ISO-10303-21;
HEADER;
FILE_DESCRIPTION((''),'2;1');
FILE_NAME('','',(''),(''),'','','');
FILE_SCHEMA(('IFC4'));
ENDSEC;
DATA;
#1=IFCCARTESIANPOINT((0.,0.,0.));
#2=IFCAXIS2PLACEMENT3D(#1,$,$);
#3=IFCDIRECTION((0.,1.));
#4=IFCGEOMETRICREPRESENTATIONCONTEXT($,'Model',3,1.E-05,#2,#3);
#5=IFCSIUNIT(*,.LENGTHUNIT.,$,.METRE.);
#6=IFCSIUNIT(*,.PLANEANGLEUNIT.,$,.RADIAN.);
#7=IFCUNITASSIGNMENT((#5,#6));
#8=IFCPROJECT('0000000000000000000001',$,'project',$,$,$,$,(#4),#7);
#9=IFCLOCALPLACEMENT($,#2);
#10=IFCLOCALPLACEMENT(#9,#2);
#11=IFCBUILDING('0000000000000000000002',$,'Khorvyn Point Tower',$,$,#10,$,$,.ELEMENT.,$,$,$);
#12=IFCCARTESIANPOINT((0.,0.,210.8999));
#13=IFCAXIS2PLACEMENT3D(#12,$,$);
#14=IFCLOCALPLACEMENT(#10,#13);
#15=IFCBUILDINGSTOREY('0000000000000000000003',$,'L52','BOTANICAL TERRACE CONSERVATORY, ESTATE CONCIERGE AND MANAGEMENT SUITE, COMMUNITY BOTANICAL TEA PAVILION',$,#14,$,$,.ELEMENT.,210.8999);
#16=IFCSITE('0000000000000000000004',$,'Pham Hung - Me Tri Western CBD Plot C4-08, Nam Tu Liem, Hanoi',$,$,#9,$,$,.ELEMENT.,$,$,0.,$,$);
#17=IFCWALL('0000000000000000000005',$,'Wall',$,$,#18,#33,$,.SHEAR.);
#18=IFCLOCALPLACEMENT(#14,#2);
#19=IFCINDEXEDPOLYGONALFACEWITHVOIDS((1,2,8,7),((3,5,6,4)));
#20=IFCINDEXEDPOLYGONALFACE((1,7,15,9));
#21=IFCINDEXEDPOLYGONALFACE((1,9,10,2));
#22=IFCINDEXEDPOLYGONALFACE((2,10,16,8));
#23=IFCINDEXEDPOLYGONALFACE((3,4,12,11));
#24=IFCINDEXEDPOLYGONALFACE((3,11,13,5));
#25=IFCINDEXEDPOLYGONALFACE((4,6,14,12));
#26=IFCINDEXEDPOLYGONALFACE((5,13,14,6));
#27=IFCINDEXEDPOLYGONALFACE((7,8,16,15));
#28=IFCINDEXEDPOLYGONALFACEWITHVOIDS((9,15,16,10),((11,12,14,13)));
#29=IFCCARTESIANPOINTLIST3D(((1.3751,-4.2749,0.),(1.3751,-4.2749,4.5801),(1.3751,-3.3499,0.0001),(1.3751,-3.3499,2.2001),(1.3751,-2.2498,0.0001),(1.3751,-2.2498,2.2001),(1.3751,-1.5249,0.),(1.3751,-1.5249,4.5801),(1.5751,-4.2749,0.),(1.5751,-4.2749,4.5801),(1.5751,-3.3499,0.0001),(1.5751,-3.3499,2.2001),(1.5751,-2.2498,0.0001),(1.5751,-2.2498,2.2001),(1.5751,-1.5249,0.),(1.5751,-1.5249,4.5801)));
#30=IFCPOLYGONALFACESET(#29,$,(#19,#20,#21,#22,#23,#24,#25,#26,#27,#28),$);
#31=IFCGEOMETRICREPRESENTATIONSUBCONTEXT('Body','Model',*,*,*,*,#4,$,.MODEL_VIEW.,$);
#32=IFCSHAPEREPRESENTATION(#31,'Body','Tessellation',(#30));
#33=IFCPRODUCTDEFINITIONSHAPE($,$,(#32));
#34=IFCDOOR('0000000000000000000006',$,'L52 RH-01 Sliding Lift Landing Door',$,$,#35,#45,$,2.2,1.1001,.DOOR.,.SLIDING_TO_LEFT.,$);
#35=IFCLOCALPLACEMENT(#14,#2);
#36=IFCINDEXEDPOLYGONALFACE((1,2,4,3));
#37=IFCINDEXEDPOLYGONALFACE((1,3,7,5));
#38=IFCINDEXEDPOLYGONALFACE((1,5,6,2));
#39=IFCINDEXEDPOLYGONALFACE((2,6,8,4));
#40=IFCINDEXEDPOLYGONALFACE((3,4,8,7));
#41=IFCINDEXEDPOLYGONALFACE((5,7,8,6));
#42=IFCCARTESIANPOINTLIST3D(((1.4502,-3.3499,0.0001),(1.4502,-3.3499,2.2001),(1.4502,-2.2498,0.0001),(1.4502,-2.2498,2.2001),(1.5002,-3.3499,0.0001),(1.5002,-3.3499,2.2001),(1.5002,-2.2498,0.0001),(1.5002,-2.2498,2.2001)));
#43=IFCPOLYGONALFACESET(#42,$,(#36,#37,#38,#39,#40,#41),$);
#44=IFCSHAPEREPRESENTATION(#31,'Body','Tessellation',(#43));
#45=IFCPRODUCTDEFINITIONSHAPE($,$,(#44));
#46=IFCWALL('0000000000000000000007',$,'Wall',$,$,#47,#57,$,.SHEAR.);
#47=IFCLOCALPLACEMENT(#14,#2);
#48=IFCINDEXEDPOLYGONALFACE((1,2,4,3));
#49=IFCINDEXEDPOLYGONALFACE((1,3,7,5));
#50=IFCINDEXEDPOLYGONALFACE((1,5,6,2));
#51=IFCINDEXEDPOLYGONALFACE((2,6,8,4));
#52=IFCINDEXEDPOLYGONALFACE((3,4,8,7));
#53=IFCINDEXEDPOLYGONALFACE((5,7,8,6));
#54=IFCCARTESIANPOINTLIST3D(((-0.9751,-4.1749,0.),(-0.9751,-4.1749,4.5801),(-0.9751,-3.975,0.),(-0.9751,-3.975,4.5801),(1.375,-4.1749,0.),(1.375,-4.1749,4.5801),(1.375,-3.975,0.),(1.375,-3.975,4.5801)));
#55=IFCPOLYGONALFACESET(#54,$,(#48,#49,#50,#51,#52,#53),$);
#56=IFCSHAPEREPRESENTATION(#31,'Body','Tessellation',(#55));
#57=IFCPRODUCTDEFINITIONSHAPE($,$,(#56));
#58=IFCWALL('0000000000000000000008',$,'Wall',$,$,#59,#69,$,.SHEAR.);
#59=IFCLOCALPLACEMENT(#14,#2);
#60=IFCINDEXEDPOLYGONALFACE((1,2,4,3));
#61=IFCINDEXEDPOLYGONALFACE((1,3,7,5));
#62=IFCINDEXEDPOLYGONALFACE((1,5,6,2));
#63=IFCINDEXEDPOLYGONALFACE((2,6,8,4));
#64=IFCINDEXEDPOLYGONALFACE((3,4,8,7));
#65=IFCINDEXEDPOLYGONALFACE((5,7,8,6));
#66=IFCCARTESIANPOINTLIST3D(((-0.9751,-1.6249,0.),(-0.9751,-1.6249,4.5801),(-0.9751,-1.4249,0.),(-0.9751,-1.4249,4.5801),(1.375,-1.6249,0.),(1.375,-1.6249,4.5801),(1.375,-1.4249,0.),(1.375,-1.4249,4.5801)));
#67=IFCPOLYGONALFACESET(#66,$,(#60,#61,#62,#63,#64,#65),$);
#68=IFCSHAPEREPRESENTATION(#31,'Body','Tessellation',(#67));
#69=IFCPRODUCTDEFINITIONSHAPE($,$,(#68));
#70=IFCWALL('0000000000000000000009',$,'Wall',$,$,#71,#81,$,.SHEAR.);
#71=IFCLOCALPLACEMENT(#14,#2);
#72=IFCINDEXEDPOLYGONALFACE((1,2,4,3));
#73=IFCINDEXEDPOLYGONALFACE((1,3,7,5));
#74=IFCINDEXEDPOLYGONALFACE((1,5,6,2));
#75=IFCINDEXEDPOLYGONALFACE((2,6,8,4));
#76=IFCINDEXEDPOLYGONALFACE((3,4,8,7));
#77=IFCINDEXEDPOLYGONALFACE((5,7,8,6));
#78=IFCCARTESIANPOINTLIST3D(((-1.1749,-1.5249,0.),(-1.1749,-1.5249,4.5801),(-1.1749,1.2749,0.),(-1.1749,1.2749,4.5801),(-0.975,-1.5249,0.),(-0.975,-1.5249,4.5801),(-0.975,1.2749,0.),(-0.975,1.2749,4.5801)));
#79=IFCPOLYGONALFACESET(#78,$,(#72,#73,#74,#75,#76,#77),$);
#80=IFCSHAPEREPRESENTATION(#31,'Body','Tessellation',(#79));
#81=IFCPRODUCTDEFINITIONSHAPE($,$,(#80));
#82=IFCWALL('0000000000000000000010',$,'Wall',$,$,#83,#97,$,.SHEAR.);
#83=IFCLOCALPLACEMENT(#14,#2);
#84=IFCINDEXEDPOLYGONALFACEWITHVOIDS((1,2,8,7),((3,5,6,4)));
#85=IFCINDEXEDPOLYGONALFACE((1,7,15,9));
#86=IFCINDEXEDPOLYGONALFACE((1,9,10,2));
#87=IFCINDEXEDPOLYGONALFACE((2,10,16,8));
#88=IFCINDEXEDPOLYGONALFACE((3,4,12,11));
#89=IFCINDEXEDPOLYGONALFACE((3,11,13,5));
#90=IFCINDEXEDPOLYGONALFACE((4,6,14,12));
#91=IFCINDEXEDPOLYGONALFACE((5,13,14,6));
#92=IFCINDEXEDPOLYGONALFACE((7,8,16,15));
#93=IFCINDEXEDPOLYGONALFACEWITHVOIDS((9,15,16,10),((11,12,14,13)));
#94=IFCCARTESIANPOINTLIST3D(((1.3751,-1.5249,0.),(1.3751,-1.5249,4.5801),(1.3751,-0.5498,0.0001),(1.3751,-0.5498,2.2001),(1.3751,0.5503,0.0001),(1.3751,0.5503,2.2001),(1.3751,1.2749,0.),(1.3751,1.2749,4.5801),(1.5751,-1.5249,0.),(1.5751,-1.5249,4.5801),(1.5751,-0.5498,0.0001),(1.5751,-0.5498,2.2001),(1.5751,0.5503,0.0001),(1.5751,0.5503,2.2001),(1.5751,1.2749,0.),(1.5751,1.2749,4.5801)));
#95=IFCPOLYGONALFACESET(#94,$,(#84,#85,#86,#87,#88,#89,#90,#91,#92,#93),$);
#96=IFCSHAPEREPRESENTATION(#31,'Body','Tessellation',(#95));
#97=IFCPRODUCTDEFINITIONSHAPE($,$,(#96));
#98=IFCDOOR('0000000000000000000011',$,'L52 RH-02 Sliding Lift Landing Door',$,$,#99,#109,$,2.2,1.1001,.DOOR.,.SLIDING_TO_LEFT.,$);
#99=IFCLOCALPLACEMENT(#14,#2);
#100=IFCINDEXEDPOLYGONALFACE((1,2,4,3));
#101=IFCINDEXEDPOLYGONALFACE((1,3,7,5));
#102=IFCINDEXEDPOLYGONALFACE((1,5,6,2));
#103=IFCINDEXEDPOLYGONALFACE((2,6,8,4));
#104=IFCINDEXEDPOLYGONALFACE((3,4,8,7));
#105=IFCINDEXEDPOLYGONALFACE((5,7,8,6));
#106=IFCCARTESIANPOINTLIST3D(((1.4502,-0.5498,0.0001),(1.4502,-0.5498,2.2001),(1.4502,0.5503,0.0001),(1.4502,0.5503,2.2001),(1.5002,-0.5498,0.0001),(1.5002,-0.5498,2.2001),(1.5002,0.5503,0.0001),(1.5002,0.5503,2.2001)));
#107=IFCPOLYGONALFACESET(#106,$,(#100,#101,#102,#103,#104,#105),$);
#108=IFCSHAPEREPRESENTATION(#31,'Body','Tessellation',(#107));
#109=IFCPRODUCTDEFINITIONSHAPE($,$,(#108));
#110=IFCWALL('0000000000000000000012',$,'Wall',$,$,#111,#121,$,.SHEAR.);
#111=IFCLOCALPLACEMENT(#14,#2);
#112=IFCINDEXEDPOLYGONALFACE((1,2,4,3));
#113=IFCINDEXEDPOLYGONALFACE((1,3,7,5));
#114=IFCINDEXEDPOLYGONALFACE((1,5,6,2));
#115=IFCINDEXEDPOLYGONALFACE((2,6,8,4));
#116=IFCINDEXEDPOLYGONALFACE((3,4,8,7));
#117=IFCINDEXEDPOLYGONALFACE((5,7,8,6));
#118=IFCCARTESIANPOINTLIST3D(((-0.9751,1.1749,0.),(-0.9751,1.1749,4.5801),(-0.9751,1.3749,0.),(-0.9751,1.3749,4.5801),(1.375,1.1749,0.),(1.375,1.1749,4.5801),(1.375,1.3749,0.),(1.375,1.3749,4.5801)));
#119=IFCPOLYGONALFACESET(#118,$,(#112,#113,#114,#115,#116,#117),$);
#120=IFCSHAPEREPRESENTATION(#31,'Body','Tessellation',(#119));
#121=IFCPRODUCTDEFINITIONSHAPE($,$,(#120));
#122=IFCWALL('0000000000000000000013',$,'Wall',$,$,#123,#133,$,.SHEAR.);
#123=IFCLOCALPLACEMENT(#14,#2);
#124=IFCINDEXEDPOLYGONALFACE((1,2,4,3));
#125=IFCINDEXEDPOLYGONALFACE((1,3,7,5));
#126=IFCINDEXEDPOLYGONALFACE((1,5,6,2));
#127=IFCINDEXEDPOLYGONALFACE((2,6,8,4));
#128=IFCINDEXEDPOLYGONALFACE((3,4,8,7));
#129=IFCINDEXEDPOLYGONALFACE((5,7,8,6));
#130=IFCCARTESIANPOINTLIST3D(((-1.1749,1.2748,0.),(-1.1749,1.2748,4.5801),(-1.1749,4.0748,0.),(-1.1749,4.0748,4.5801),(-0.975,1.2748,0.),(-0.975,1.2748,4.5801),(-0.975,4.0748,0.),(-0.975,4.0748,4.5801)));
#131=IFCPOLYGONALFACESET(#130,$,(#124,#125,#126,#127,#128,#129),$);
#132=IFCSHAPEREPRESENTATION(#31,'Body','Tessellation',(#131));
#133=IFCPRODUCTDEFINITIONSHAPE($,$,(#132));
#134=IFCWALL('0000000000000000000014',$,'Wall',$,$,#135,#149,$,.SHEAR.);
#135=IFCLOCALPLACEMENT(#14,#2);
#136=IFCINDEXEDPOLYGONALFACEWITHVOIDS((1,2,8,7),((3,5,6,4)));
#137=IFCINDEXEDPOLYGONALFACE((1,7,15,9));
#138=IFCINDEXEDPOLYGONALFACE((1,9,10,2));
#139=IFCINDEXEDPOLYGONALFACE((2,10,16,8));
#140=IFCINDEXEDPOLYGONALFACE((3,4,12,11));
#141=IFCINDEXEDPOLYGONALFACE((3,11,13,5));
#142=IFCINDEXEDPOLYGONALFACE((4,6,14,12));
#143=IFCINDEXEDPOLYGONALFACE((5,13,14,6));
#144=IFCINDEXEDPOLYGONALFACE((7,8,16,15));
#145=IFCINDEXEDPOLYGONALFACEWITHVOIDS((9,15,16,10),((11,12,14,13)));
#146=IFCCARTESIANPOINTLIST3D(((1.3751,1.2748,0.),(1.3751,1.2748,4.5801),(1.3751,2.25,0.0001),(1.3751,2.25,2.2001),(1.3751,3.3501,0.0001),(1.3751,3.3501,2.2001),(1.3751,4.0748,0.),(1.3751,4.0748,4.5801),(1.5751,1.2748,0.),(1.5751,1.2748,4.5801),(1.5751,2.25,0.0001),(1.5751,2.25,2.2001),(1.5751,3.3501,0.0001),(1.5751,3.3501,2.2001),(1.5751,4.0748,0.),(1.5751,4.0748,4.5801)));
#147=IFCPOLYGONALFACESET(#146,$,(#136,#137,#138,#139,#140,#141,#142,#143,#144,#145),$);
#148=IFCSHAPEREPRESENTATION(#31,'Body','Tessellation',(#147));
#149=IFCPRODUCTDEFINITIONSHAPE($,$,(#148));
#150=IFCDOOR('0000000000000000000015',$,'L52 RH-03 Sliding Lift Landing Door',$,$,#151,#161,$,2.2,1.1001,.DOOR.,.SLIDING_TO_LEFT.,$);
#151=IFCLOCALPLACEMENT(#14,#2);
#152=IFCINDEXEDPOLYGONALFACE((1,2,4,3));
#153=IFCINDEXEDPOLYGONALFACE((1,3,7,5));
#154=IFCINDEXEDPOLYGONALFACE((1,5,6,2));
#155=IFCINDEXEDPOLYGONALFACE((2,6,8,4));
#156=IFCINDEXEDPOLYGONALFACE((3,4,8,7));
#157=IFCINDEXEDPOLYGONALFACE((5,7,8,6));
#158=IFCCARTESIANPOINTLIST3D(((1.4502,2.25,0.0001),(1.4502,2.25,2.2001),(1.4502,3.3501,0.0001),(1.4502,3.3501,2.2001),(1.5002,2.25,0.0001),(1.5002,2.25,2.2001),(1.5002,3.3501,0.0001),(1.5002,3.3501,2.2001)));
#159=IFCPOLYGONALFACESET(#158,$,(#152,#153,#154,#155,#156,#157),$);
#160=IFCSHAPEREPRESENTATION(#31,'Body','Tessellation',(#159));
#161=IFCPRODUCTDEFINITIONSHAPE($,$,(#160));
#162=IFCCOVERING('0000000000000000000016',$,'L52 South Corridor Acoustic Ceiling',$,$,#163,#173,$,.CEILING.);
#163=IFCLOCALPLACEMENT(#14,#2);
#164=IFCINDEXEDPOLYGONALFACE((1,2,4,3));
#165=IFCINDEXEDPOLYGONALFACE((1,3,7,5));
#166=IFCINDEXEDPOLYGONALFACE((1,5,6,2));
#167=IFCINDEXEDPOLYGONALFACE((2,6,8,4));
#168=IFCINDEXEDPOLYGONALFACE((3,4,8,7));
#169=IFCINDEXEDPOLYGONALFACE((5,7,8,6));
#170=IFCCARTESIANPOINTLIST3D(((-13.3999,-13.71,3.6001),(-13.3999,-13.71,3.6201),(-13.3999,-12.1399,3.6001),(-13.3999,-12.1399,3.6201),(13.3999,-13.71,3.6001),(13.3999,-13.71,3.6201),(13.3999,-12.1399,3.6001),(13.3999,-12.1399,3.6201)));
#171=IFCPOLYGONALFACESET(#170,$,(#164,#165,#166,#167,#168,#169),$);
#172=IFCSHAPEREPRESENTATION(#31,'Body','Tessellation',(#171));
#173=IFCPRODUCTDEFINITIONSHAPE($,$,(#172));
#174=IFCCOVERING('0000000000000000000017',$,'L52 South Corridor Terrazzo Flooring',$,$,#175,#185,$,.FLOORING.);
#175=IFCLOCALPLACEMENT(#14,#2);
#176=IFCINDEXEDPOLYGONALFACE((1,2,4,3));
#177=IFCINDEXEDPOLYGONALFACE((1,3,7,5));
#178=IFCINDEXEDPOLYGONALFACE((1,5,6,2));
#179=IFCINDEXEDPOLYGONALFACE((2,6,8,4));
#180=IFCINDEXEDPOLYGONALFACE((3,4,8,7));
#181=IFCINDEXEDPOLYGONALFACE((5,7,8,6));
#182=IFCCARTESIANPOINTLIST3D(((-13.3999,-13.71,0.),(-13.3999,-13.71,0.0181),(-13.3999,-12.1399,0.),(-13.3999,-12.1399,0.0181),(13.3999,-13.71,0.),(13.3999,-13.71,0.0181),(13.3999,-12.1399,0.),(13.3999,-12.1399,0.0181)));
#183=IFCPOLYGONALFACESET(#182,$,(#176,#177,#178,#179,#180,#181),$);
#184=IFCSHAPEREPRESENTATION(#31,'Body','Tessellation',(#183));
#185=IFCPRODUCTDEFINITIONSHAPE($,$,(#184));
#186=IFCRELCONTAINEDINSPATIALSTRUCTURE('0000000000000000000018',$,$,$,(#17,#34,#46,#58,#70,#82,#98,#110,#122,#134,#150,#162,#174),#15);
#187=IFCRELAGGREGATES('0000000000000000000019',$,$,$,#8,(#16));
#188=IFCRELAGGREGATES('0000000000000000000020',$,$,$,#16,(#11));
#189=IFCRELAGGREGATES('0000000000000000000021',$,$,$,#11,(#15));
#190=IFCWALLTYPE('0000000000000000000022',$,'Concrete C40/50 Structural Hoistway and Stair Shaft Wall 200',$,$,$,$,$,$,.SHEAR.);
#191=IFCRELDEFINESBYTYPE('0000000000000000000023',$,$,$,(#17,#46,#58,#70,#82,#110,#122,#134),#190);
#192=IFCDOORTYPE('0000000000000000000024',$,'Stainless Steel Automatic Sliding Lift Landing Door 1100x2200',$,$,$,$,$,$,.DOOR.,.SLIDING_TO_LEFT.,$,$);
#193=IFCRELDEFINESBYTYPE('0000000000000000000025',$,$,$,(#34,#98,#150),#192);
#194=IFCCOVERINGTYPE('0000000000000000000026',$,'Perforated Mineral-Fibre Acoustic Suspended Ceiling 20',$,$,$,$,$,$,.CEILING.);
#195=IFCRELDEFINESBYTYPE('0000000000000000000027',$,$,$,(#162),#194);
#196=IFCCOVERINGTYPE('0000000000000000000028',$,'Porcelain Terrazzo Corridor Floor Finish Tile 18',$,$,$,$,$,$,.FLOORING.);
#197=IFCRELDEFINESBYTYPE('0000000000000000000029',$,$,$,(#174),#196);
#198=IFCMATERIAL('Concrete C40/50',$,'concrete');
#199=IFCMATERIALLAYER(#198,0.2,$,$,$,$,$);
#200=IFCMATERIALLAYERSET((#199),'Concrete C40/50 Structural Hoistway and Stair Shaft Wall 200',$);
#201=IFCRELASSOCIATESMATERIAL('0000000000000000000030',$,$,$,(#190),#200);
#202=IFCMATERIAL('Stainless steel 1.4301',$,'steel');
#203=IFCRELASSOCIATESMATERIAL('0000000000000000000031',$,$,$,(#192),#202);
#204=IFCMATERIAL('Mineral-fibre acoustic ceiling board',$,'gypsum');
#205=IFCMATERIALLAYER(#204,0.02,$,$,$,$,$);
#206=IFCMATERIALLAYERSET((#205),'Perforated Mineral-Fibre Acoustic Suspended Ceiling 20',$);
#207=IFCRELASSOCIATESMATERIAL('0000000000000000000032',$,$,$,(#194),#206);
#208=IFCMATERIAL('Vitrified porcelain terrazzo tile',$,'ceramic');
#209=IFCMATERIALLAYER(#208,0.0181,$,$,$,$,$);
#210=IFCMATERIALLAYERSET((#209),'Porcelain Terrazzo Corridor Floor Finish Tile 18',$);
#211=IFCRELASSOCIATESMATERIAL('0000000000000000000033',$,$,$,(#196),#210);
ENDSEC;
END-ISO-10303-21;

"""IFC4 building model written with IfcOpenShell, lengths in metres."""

from ifc_helpers import new_model, si_unit, direction, frame, frame_2d, origin, place, context, subcontext, project, spatial, polyline, rectangle, outline, extrude, material, layer, layer_set, type_object, element, fill, save


model = new_model("IFC4")

# Units and contexts
model_context = context("Model", 3, precision=1e-05, world=origin(), true_north=direction((0.0, 1.0)))
body_context = subcontext(model_context, "Body", "Model", "MODEL_VIEW")
ifc_project = project(units=[si_unit("LENGTHUNIT", "METRE"), si_unit("PLANEANGLEUNIT", "RADIAN")], contexts=[model_context])

# Site, building, storey
site_placement = place(None, origin())
site = spatial("IfcSite", under=ifc_project, at=site_placement, Name="Pham Hung - Me Tri Western CBD Plot C4-08, Nam Tu Liem, Hanoi", CompositionType="ELEMENT", RefElevation=0.0)
building_placement = place(site_placement, origin())
building = spatial("IfcBuilding", under=site, at=building_placement, Name="Khorvyn Point Tower", CompositionType="ELEMENT")
storey_placement = place(building_placement, frame((0.0, 0.0, 210.8999)))
storey = spatial("IfcBuildingStorey", under=building, at=storey_placement, Name="L52", Description="BOTANICAL TERRACE CONSERVATORY, ESTATE CONCIERGE AND MANAGEMENT SUITE, COMMUNITY BOTANICAL TEA PAVILION", CompositionType="ELEMENT", Elevation=210.8999)

# Shared definitions
ifc_material_1 = material(Name="Concrete C40/50", Category="concrete")

# Shared definitions
ifc_layer_1 = layer(ifc_material_1, 0.2)
ifc_layer_set_1 = layer_set([ifc_layer_1], Name="Concrete C40/50 Structural Hoistway and Stair Shaft Wall 200")
wall_type_1 = type_object("IfcWallType", Name="Concrete C40/50 Structural Hoistway and Stair Shaft Wall 200", PredefinedType="SHEAR", material=ifc_layer_set_1)

# Wall, opening, door
wall_1_placement = place(storey_placement, frame((1.4751, -4.2749, 0.0), z_axis=(0.0, 0.0, 1.0), x_axis=(0.0, 1.0, 0.0)))
wall_1 = element("IfcWall", 1, at=wall_1_placement, inside=storey, type_object=wall_type_1, Name="Wall", PredefinedType="SHEAR", context=body_context, shape_type="SweptSolid", body=[
    extrude(rectangle(XDim=2.75, YDim=0.2, at=frame_2d((1.375, 0.0))), origin(), (0.0, 0.0, 1.0), 4.5801),
])
opening_1_placement = place(wall_1_placement, frame((0.925, 0.0, 0.0)))
opening_1 = element("IfcOpeningElement", 2, at=opening_1_placement, cuts=wall_1, PredefinedType="OPENING", context=body_context, shape_type="SweptSolid", body=[
    extrude(rectangle(XDim=1.1001, YDim=2.2, at=frame_2d((0.55, 1.1001))), frame((0.0, 0.1099, 0.0), z_axis=(0.0, -1.0, 0.0), x_axis=(1.0, 0.0, 0.0)), (0.0, 0.0, 1.0), 0.22),
])
ifc_material_2 = material(Name="Stainless steel 1.4301", Category="steel")
door_type = type_object("IfcDoorType", Name="Stainless Steel Automatic Sliding Lift Landing Door 1100x2200", OperationType="SLIDING_TO_LEFT", PredefinedType="DOOR", material=ifc_material_2)
door_1_placement = place(opening_1_placement, origin())
door_1 = element("IfcDoor", 3, at=door_1_placement, inside=storey, type_object=door_type, Name="L52 RH-01 Sliding Lift Landing Door", OperationType="SLIDING_TO_LEFT", OverallHeight=2.2, OverallWidth=1.1001, PredefinedType="DOOR", context=body_context, shape_type="SweptSolid", body=[
    extrude(rectangle(XDim=1.1001, YDim=2.2, at=frame_2d((0.55, 1.1001))), frame((0.0, 0.0249, 0.0), z_axis=(0.0, -1.0, 0.0), x_axis=(1.0, 0.0, 0.0)), (0.0, 0.0, 1.0), 0.05),
])
fill(opening_1, door_1)

# Walls
for number, where, z_axis, x_axis, name in (
    (4, (-0.9751, -4.075, 0.0), (0.0, 0.0, 1.0), (1.0, 0.0, 0.0), "Wall"),
    (5, (-0.9751, -1.5249, 0.0), (0.0, 0.0, 1.0), (1.0, 0.0, 0.0), "Wall"),
):
    element("IfcWall", number, at=place(storey_placement, frame(where, z_axis=z_axis, x_axis=x_axis)), inside=storey, type_object=wall_type_1, Name=name, PredefinedType="SHEAR", context=body_context, shape_type="SweptSolid", body=[
        extrude(rectangle(XDim=2.3501, YDim=0.2, at=frame_2d((1.175, 0.0))), origin(), (0.0, 0.0, 1.0), 4.5801),
    ])
wall_2_placement = place(storey_placement, frame((-1.075, -1.5249, 0.0), z_axis=(0.0, 0.0, 1.0), x_axis=(0.0, 1.0, 0.0)))
element("IfcWall", 6, at=wall_2_placement, inside=storey, type_object=wall_type_1, Name="Wall", PredefinedType="SHEAR", context=body_context, shape_type="SweptSolid", body=[
    extrude(rectangle(XDim=2.7998, YDim=0.2, at=frame_2d((1.3999, 0.0))), origin(), (0.0, 0.0, 1.0), 4.5801),
])

# Wall, opening, door
wall_3_placement = place(storey_placement, frame((1.4751, -1.5249, 0.0), z_axis=(0.0, 0.0, 1.0), x_axis=(0.0, 1.0, 0.0)))
wall_3 = element("IfcWall", 7, at=wall_3_placement, inside=storey, type_object=wall_type_1, Name="Wall", PredefinedType="SHEAR", context=body_context, shape_type="SweptSolid", body=[
    extrude(rectangle(XDim=2.7998, YDim=0.2, at=frame_2d((1.3999, 0.0))), origin(), (0.0, 0.0, 1.0), 4.5801),
])
opening_2_placement = place(wall_3_placement, frame((0.9751, 0.0, 0.0)))
opening_2 = element("IfcOpeningElement", 8, at=opening_2_placement, cuts=wall_3, PredefinedType="OPENING", context=body_context, shape_type="SweptSolid", body=[
    extrude(rectangle(XDim=1.1001, YDim=2.2, at=frame_2d((0.55, 1.1001))), frame((0.0, 0.1099, 0.0), z_axis=(0.0, -1.0, 0.0), x_axis=(1.0, 0.0, 0.0)), (0.0, 0.0, 1.0), 0.22),
])
door_2_placement = place(opening_2_placement, origin())
door_2 = element("IfcDoor", 9, at=door_2_placement, inside=storey, type_object=door_type, Name="L52 RH-02 Sliding Lift Landing Door", OperationType="SLIDING_TO_LEFT", OverallHeight=2.2, OverallWidth=1.1001, PredefinedType="DOOR", context=body_context, shape_type="SweptSolid", body=[
    extrude(rectangle(XDim=1.1001, YDim=2.2, at=frame_2d((0.55, 1.1001))), frame((0.0, 0.0249, 0.0), z_axis=(0.0, -1.0, 0.0), x_axis=(1.0, 0.0, 0.0)), (0.0, 0.0, 1.0), 0.05),
])
fill(opening_2, door_2)

# Walls
wall_4_placement = place(storey_placement, frame((-0.9751, 1.2749, 0.0), z_axis=(0.0, 0.0, 1.0), x_axis=(1.0, 0.0, 0.0)))
element("IfcWall", 10, at=wall_4_placement, inside=storey, type_object=wall_type_1, Name="Wall", PredefinedType="SHEAR", context=body_context, shape_type="SweptSolid", body=[
    extrude(rectangle(XDim=2.3501, YDim=0.2, at=frame_2d((1.175, 0.0))), origin(), (0.0, 0.0, 1.0), 4.5801),
])
wall_5_placement = place(storey_placement, frame((-1.075, 1.2749, 0.0), z_axis=(0.0, 0.0, 1.0), x_axis=(0.0, 1.0, 0.0)))
element("IfcWall", 11, at=wall_5_placement, inside=storey, type_object=wall_type_1, Name="Wall", PredefinedType="SHEAR", context=body_context, shape_type="SweptSolid", body=[
    extrude(rectangle(XDim=2.8, YDim=0.2, at=frame_2d((1.3999, 0.0))), origin(), (0.0, 0.0, 1.0), 4.5801),
])

# Wall, opening, door
wall_6_placement = place(storey_placement, frame((1.4751, 1.2749, 0.0), z_axis=(0.0, 0.0, 1.0), x_axis=(0.0, 1.0, 0.0)))
wall_6 = element("IfcWall", 12, at=wall_6_placement, inside=storey, type_object=wall_type_1, Name="Wall", PredefinedType="SHEAR", context=body_context, shape_type="SweptSolid", body=[
    extrude(rectangle(XDim=2.8, YDim=0.2, at=frame_2d((1.3999, 0.0))), origin(), (0.0, 0.0, 1.0), 4.5801),
])
opening_3_placement = place(wall_6_placement, frame((0.9751, 0.0, 0.0)))
opening_3 = element("IfcOpeningElement", 13, at=opening_3_placement, cuts=wall_6, PredefinedType="OPENING", context=body_context, shape_type="SweptSolid", body=[
    extrude(rectangle(XDim=1.1001, YDim=2.2, at=frame_2d((0.55, 1.1001))), frame((0.0, 0.1099, 0.0), z_axis=(0.0, -1.0, 0.0), x_axis=(1.0, 0.0, 0.0)), (0.0, 0.0, 1.0), 0.22),
])
door_3_placement = place(opening_3_placement, origin())
door_3 = element("IfcDoor", 14, at=door_3_placement, inside=storey, type_object=door_type, Name="L52 RH-03 Sliding Lift Landing Door", OperationType="SLIDING_TO_LEFT", OverallHeight=2.2, OverallWidth=1.1001, PredefinedType="DOOR", context=body_context, shape_type="SweptSolid", body=[
    extrude(rectangle(XDim=1.1001, YDim=2.2, at=frame_2d((0.55, 1.1001))), frame((0.0, 0.0249, 0.0), z_axis=(0.0, -1.0, 0.0), x_axis=(1.0, 0.0, 0.0)), (0.0, 0.0, 1.0), 0.05),
])
fill(opening_3, door_3)

# Coverings
ifc_material_3 = material(Name="Mineral-fibre acoustic ceiling board", Category="gypsum")
ifc_layer_2 = layer(ifc_material_3, 0.02)
ifc_layer_set_2 = layer_set([ifc_layer_2], Name="Perforated Mineral-Fibre Acoustic Suspended Ceiling 20")
covering_type_1 = type_object("IfcCoveringType", Name="Perforated Mineral-Fibre Acoustic Suspended Ceiling 20", PredefinedType="CEILING", material=ifc_layer_set_2)
covering_1_placement = place(storey_placement, frame((0.0, 0.0, 3.6001)))
element("IfcCovering", 15, at=covering_1_placement, inside=storey, type_object=covering_type_1, Name="L52 South Corridor Acoustic Ceiling", PredefinedType="CEILING", context=body_context, shape_type="SweptSolid", body=[
    extrude(outline(polyline([(-13.3999, -13.71), (13.3999, -13.71), (13.3999, -12.1399), (-13.3999, -12.1399), (-13.3999, -13.71)])), origin(), (0.0, 0.0, 1.0), 0.02),
])
ifc_material_4 = material(Name="Vitrified porcelain terrazzo tile", Category="ceramic")
ifc_layer_3 = layer(ifc_material_4, 0.0181)
ifc_layer_set_3 = layer_set([ifc_layer_3], Name="Porcelain Terrazzo Corridor Floor Finish Tile 18")
covering_type_2 = type_object("IfcCoveringType", Name="Porcelain Terrazzo Corridor Floor Finish Tile 18", PredefinedType="FLOORING", material=ifc_layer_set_3)
covering_2_placement = place(storey_placement, origin())
element("IfcCovering", 16, at=covering_2_placement, inside=storey, type_object=covering_type_2, Name="L52 South Corridor Terrazzo Flooring", PredefinedType="FLOORING", context=body_context, shape_type="SweptSolid", body=[
    extrude(outline(polyline([(-13.3999, -13.71), (13.3999, -13.71), (13.3999, -12.1399), (-13.3999, -12.1399), (-13.3999, -13.71)])), origin(), (0.0, 0.0, 1.0), 0.0181),
])

save(model, "model.ifc")
